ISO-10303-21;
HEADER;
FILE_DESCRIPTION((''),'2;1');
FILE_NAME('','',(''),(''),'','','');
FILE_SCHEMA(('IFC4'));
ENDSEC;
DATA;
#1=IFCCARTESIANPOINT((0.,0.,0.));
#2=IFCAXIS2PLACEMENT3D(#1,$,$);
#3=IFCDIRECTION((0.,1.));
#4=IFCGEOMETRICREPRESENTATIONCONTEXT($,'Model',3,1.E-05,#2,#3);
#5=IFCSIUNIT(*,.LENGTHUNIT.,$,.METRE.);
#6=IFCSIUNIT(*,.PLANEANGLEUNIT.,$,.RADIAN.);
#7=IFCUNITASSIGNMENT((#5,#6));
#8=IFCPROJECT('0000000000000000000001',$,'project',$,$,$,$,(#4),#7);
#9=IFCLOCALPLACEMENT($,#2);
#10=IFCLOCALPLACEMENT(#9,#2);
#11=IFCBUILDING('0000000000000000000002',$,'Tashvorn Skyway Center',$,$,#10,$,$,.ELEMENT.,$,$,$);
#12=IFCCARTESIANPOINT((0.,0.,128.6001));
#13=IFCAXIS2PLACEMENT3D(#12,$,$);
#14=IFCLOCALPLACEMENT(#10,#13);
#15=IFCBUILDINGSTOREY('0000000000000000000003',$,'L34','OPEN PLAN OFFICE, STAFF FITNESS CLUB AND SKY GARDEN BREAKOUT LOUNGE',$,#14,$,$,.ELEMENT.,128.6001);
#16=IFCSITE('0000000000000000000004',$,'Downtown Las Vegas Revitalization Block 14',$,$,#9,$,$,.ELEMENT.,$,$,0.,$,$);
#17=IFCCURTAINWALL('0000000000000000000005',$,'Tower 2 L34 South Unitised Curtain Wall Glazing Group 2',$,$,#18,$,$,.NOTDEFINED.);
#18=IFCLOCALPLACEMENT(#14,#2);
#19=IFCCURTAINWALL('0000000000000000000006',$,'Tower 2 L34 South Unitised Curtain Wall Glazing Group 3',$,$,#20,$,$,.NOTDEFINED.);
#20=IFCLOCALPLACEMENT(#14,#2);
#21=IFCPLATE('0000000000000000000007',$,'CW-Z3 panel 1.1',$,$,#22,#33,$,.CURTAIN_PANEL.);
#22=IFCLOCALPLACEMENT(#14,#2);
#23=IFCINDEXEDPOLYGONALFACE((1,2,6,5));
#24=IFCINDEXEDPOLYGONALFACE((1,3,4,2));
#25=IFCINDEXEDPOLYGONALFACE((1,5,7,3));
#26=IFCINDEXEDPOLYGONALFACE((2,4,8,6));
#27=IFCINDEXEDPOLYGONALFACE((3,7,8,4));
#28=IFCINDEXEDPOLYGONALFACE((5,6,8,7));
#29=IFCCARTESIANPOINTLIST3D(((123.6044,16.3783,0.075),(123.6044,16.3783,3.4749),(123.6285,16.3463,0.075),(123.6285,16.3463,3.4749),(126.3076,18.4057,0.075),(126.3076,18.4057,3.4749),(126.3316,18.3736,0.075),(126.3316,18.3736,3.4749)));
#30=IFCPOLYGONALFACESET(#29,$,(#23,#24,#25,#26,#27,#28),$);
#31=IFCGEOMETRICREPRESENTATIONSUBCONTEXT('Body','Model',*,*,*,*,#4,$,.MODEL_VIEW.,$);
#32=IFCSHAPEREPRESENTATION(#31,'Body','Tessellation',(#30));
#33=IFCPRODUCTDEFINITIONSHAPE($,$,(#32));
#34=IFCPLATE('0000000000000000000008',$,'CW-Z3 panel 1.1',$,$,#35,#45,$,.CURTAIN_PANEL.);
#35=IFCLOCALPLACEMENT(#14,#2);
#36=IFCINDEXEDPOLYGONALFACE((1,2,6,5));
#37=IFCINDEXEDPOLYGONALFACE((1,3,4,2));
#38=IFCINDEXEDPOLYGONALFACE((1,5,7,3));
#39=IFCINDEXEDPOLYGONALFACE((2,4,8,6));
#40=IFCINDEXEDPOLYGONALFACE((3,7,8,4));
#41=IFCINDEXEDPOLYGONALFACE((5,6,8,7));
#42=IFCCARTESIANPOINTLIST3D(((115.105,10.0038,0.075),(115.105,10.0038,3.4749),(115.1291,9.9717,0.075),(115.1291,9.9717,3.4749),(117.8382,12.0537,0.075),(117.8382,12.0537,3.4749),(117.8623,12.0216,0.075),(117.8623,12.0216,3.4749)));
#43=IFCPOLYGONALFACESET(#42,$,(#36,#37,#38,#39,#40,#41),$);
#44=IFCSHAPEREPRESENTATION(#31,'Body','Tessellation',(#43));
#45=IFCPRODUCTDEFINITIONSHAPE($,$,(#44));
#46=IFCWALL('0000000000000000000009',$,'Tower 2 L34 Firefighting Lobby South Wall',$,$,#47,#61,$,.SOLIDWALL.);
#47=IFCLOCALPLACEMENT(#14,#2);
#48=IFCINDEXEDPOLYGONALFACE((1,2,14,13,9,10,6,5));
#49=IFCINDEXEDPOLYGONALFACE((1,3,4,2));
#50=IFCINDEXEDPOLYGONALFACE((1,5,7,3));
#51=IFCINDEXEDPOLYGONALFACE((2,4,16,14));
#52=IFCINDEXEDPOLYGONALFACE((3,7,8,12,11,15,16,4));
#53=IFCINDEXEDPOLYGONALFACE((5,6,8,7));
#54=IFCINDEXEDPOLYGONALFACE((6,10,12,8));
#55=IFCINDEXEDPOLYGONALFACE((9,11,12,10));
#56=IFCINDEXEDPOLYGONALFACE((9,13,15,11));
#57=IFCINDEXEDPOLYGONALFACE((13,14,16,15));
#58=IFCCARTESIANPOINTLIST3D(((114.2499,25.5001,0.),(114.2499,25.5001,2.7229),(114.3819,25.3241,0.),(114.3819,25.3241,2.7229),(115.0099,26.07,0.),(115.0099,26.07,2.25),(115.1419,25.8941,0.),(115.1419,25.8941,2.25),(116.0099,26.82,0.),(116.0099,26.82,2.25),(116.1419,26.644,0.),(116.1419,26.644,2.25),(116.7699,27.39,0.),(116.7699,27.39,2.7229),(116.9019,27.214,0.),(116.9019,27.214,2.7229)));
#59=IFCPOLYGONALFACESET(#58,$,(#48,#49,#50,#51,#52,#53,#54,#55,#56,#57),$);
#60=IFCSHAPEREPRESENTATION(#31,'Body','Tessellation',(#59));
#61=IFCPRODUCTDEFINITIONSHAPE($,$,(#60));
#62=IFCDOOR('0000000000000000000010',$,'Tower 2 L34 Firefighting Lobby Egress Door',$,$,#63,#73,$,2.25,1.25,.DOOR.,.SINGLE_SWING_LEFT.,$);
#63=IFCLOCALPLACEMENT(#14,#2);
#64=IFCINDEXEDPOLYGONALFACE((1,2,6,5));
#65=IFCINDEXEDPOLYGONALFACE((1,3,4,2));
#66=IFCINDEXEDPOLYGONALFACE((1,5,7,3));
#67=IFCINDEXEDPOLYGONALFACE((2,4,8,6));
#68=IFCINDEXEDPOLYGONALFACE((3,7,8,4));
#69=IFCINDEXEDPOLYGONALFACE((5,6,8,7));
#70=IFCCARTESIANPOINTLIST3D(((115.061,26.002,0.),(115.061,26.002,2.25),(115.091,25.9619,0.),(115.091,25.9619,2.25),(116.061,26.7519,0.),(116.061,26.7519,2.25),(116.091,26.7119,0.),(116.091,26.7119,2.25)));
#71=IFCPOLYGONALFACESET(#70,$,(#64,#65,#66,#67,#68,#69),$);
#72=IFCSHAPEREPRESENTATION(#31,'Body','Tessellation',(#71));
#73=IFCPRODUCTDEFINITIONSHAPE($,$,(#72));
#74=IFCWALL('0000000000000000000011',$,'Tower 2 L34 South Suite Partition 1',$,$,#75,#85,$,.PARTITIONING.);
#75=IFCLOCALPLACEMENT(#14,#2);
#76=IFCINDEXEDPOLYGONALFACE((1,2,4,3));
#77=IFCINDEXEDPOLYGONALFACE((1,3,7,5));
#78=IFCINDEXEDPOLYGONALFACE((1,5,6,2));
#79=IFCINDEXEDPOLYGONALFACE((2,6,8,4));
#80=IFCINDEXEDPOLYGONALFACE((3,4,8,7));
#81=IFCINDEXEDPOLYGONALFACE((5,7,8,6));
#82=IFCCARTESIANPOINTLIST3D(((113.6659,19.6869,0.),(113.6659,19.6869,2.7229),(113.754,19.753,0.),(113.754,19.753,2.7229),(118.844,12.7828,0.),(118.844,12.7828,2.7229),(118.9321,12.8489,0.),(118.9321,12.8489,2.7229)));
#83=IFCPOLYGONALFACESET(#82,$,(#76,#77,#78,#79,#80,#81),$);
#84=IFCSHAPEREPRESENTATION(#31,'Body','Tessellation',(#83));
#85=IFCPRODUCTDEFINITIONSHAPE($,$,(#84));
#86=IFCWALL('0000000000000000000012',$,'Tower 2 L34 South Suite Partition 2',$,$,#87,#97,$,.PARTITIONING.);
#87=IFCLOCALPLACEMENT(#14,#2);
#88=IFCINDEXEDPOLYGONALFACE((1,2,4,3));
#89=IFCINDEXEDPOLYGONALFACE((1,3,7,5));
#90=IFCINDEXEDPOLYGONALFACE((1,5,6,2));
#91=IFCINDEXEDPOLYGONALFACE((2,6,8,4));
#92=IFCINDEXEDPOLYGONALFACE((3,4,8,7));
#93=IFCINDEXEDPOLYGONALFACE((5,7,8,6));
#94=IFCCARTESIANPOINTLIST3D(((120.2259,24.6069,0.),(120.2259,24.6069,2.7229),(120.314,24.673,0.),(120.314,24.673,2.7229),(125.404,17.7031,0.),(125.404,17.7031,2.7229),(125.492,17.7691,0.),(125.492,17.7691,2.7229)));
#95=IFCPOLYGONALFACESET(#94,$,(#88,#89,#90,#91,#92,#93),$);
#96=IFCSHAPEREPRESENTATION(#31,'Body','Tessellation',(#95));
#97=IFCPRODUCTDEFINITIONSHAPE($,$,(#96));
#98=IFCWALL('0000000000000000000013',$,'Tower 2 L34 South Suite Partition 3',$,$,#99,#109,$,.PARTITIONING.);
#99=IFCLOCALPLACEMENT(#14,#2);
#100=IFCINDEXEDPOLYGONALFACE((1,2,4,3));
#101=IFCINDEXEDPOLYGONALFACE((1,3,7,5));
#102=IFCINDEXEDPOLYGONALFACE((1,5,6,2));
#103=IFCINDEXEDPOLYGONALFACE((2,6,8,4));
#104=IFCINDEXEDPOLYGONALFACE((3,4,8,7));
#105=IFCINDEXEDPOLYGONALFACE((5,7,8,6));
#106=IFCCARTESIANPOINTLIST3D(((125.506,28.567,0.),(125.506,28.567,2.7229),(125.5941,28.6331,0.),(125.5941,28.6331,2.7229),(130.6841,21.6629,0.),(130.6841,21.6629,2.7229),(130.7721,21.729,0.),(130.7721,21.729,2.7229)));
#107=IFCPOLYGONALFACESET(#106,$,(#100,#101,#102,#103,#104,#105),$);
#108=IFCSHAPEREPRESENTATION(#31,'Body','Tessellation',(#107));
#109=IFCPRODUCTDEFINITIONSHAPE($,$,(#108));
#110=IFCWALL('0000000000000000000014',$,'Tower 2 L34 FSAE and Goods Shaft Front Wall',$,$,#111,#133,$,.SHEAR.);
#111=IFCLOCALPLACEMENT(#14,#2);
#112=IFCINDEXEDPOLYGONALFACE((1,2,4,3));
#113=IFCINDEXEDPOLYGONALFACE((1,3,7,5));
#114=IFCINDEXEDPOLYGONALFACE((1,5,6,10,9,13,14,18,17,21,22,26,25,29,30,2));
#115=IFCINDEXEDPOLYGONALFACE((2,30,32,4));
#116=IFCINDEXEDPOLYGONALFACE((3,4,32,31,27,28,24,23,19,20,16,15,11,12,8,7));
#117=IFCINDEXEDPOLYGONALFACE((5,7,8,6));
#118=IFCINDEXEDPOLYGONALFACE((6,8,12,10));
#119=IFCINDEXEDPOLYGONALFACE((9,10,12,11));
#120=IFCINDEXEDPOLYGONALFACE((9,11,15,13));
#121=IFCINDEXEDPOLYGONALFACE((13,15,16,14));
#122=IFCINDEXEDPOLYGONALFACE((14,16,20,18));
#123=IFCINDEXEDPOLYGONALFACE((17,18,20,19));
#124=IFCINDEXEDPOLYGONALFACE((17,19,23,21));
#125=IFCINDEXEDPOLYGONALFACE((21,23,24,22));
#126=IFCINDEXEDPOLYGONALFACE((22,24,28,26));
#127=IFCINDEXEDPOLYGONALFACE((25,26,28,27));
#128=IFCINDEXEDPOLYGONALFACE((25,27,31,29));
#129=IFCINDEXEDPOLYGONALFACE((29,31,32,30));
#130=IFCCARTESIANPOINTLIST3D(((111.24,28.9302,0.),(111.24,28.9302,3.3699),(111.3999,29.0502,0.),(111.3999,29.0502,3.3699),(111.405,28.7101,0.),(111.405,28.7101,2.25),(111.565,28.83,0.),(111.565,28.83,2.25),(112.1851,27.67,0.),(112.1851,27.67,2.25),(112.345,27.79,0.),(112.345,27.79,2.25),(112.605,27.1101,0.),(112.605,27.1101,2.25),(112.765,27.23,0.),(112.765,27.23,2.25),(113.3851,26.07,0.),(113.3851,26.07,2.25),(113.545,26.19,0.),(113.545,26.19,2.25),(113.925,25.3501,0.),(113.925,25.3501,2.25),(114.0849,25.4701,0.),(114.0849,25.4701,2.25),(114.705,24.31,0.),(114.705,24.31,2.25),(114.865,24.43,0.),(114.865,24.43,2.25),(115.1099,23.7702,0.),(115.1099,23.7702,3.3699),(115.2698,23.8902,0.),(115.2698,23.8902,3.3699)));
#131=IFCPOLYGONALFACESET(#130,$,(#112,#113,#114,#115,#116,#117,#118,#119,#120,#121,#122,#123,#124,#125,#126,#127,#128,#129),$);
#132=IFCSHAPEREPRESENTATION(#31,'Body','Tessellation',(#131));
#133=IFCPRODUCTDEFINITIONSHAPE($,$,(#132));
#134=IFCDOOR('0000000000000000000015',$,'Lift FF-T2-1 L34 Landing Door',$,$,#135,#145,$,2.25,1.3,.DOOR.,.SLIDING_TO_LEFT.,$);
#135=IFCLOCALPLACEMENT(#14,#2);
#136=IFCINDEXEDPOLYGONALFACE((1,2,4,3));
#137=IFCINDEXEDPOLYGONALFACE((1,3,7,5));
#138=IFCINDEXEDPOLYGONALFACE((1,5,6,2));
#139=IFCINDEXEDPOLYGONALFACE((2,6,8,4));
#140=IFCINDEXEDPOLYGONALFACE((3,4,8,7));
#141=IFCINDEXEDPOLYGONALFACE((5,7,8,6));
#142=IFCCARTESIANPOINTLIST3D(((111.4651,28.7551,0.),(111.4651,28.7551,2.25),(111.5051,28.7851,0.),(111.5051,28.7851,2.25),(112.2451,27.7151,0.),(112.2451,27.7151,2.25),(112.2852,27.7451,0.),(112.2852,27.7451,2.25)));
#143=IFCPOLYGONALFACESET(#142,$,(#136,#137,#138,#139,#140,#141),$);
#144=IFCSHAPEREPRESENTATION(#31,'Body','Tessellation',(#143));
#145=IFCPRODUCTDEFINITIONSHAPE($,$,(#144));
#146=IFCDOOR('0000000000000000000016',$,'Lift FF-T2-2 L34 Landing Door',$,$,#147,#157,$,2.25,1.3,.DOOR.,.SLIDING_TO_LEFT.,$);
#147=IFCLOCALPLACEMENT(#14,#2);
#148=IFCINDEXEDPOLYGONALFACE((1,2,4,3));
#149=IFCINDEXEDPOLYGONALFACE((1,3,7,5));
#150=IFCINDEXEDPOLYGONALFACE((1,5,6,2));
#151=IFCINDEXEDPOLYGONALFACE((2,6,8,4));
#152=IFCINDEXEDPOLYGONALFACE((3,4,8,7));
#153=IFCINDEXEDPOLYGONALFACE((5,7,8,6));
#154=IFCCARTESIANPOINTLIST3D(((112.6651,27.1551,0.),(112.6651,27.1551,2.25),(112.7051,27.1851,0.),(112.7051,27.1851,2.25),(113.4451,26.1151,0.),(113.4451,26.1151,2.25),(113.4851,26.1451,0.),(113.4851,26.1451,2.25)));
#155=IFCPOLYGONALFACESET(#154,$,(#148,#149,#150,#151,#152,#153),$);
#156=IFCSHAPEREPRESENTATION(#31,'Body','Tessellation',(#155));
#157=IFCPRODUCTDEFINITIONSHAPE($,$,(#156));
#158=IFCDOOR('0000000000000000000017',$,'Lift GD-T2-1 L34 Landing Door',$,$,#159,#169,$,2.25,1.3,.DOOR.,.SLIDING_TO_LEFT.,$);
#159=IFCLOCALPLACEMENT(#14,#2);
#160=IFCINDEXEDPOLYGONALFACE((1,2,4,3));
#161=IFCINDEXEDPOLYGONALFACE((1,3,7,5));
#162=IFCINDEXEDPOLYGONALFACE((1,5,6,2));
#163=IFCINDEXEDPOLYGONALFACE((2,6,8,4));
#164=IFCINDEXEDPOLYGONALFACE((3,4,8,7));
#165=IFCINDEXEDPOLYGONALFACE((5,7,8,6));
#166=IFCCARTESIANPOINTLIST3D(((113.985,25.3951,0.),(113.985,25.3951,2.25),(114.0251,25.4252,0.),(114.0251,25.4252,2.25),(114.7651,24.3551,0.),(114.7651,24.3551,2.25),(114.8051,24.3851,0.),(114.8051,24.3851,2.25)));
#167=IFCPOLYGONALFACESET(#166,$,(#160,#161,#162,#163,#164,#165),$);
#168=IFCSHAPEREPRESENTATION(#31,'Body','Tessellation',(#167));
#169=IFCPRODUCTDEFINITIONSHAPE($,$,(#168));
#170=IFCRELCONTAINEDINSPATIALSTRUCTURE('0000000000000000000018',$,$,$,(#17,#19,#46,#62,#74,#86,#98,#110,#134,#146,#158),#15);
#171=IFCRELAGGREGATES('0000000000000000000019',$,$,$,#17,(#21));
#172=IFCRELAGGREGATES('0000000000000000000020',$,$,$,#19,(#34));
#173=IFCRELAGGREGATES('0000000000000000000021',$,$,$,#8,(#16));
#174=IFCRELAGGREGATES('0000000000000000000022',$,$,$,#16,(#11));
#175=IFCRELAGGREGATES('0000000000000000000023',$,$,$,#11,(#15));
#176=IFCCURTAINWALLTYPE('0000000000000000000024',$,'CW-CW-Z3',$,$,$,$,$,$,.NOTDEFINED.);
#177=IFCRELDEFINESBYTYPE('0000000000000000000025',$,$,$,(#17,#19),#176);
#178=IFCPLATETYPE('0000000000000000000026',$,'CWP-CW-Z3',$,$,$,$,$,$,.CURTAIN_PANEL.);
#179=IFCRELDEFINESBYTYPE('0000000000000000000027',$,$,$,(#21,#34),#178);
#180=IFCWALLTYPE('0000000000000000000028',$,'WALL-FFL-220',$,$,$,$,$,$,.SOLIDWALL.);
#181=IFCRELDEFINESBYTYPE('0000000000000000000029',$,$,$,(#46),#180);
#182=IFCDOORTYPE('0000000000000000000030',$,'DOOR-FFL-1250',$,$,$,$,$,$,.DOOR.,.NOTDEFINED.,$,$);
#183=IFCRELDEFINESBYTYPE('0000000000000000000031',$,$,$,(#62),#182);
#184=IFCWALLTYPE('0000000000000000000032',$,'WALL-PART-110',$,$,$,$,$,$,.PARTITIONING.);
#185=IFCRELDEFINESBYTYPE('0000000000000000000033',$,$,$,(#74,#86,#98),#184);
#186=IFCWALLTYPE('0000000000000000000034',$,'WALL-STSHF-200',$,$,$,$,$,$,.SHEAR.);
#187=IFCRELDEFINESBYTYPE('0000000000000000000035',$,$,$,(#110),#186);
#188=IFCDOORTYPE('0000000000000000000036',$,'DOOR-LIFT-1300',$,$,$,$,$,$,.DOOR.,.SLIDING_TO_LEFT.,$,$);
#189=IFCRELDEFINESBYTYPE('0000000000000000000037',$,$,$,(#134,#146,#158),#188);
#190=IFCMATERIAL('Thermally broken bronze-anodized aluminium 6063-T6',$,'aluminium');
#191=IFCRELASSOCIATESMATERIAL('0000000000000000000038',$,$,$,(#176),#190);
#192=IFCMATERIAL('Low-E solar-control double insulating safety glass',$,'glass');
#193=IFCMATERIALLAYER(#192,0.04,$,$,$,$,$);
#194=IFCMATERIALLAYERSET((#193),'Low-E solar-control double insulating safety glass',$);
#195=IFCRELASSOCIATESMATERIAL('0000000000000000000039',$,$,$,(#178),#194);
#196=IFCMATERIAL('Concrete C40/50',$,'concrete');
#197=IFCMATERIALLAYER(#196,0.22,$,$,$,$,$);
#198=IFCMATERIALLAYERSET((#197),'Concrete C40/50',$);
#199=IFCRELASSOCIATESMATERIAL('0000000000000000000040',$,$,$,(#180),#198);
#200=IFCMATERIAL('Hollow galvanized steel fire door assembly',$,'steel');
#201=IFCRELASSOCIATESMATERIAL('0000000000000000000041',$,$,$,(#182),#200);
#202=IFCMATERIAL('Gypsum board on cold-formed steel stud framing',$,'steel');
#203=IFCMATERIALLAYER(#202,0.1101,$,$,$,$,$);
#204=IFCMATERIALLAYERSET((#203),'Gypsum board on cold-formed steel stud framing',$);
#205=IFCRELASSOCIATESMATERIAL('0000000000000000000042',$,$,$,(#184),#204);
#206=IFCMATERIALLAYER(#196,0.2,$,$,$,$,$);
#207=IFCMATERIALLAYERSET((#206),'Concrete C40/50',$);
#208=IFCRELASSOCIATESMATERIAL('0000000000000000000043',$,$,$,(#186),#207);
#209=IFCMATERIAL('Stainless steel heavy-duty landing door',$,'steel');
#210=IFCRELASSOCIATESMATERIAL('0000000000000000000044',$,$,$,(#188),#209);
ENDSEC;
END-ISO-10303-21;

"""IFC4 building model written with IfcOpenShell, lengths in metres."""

from ifc_helpers import new_model, si_unit, direction, frame, frame_2d, origin, origin_2d, place, context, subcontext, project, spatial, rectangle, extrude, material, layer, layer_set, type_object, element, fill, aggregate, save


model = new_model("IFC4")

# Units and contexts
model_context = context("Model", 3, precision=1e-05, world=origin(), true_north=direction((0.0, 1.0)))
body_context = subcontext(model_context, "Body", "Model", "MODEL_VIEW")
ifc_project = project(units=[si_unit("LENGTHUNIT", "METRE"), si_unit("PLANEANGLEUNIT", "RADIAN")], contexts=[model_context])

# Site, building, storey
site_placement = place(None, origin())
site = spatial("IfcSite", under=ifc_project, at=site_placement, Name="Downtown Las Vegas Revitalization Block 14", CompositionType="ELEMENT", RefElevation=0.0)
building_placement = place(site_placement, origin())
building = spatial("IfcBuilding", under=site, at=building_placement, Name="Tashvorn Skyway Center", CompositionType="ELEMENT")
storey_placement = place(building_placement, frame((0.0, 0.0, 128.6001)))
storey = spatial("IfcBuildingStorey", under=building, at=storey_placement, Name="L34", Description="OPEN PLAN OFFICE, STAFF FITNESS CLUB AND SKY GARDEN BREAKOUT LOUNGE", CompositionType="ELEMENT", Elevation=128.6001)

# Curtain walls
ifc_material_1 = material(Name="Thermally broken bronze-anodized aluminium 6063-T6", Category="aluminium")
curtain_wall_type = type_object("IfcCurtainWallType", Name="CW-CW-Z3", PredefinedType="NOTDEFINED", material=ifc_material_1)
curtain_wall_1_placement = place(storey_placement, origin())
curtain_wall_1 = element("IfcCurtainWall", 1, at=curtain_wall_1_placement, inside=storey, type_object=curtain_wall_type, Name="Tower 2 L34 South Unitised Curtain Wall Glazing Group 2", PredefinedType="NOTDEFINED")
curtain_wall_2_placement = place(storey_placement, origin())
curtain_wall_2 = element("IfcCurtainWall", 2, at=curtain_wall_2_placement, inside=storey, type_object=curtain_wall_type, Name="Tower 2 L34 South Unitised Curtain Wall Glazing Group 3", PredefinedType="NOTDEFINED")

# Plates
ifc_material_2 = material(Name="Low-E solar-control double insulating safety glass", Category="glass")
ifc_layer_1 = layer(ifc_material_2, 0.04)
ifc_layer_set_1 = layer_set([ifc_layer_1], Name="Low-E solar-control double insulating safety glass")
plate_type = type_object("IfcPlateType", Name="CWP-CW-Z3", PredefinedType="CURTAIN_PANEL", material=ifc_layer_set_1)
plate_1_placement = place(storey_placement, frame((124.968, 17.376, 0.075), z_axis=(0.0, 0.0, 1.0), x_axis=(-0.8, -0.6, 0.0)))
plate_1 = element("IfcPlate", 3, at=plate_1_placement, type_object=plate_type, Name="CW-Z3 panel 1.1", PredefinedType="CURTAIN_PANEL", context=body_context, shape_type="SweptSolid", body=[
    extrude(rectangle(XDim=3.3789, YDim=0.04, at=origin_2d()), origin(), (0.0, 0.0, 1.0), 3.3999),
])
aggregate(curtain_wall_1, [plate_1])
plate_2_placement = place(storey_placement, frame((116.4836, 11.0127, 0.075), z_axis=(0.0, 0.0, 1.0), x_axis=(-0.799997, -0.600005, 0.0)))
plate_2 = element("IfcPlate", 4, at=plate_2_placement, type_object=plate_type, Name="CW-Z3 panel 1.1", PredefinedType="CURTAIN_PANEL", context=body_context, shape_type="SweptSolid", body=[
    extrude(rectangle(XDim=3.4165, YDim=0.04, at=origin_2d()), origin(), (0.0, 0.0, 1.0), 3.3999),
])
aggregate(curtain_wall_2, [plate_2])

# Wall, opening, door
ifc_material_3 = material(Name="Concrete C40/50", Category="concrete")
ifc_layer_2 = layer(ifc_material_3, 0.22)
ifc_layer_set_2 = layer_set([ifc_layer_2], Name="Concrete C40/50")
wall_type_1 = type_object("IfcWallType", Name="WALL-FFL-220", PredefinedType="SOLIDWALL", material=ifc_layer_set_2)
wall_1_placement = place(storey_placement, frame((114.3159, 25.4121, 0.0), z_axis=(0.0, 0.0, 1.0), x_axis=(0.800019, 0.599975, 0.0)))
wall_1 = element("IfcWall", 5, at=wall_1_placement, inside=storey, type_object=wall_type_1, Name="Tower 2 L34 Firefighting Lobby South Wall", PredefinedType="SOLIDWALL", context=body_context, shape_type="SweptSolid", body=[
    extrude(rectangle(XDim=3.1499, YDim=0.22, at=frame_2d((1.575, 0.0))), origin(), (0.0, 0.0, 1.0), 2.7229),
])
opening_1_placement = place(wall_1_placement, frame((0.95, 0.0, 0.0)))
opening_1 = element("IfcOpeningElement", 6, at=opening_1_placement, cuts=wall_1, PredefinedType="OPENING", context=body_context, shape_type="SweptSolid", body=[
    extrude(rectangle(XDim=1.25, YDim=2.25, at=frame_2d((0.625, 1.125))), frame((0.0, 0.1199, 0.0), z_axis=(0.0, -1.0, 0.0), x_axis=(1.0, 0.0, 0.0)), (0.0, 0.0, 1.0), 0.24),
])
ifc_material_4 = material(Name="Hollow galvanized steel fire door assembly", Category="steel")
door_type_1 = type_object("IfcDoorType", Name="DOOR-FFL-1250", OperationType="NOTDEFINED", PredefinedType="DOOR", material=ifc_material_4)
door_1_placement = place(opening_1_placement, origin())
door_1 = element("IfcDoor", 7, at=door_1_placement, inside=storey, type_object=door_type_1, Name="Tower 2 L34 Firefighting Lobby Egress Door", OperationType="SINGLE_SWING_LEFT", OverallHeight=2.25, OverallWidth=1.25, PredefinedType="DOOR", context=body_context, shape_type="SweptSolid", body=[
    extrude(rectangle(XDim=1.25, YDim=2.25, at=frame_2d((0.625, 1.125))), frame((0.0, 0.0249, 0.0), z_axis=(0.0, -1.0, 0.0), x_axis=(1.0, 0.0, 0.0)), (0.0, 0.0, 1.0), 0.05),
])
fill(opening_1, door_1)

# Walls
ifc_material_5 = material(Name="Gypsum board on cold-formed steel stud framing", Category="steel")
ifc_layer_3 = layer(ifc_material_5, 0.1101)
ifc_layer_set_3 = layer_set([ifc_layer_3], Name="Gypsum board on cold-formed steel stud framing")
wall_type_2 = type_object("IfcWallType", Name="WALL-PART-110", PredefinedType="PARTITIONING", material=ifc_layer_set_3)
wall_2_placement = place(storey_placement, frame((118.8879, 12.8159, 0.0), z_axis=(0.0, 0.0, 1.0), x_axis=(-0.599995, 0.800003, 0.0)))
element("IfcWall", 8, at=wall_2_placement, inside=storey, type_object=wall_type_2, Name="Tower 2 L34 South Suite Partition 1", PredefinedType="PARTITIONING", context=body_context, shape_type="SweptSolid", body=[
    extrude(rectangle(XDim=8.6301, YDim=0.1101, at=frame_2d((4.3149, 0.0))), origin(), (0.0, 0.0, 1.0), 2.7229),
])
wall_3_placement = place(storey_placement, frame((125.448, 17.7361, 0.0), z_axis=(0.0, 0.0, 1.0), x_axis=(-0.600009, 0.799993, 0.0)))
element("IfcWall", 9, at=wall_3_placement, inside=storey, type_object=wall_type_2, Name="Tower 2 L34 South Suite Partition 2", PredefinedType="PARTITIONING", context=body_context, shape_type="SweptSolid", body=[
    extrude(rectangle(XDim=8.6299, YDim=0.1101, at=frame_2d((4.3149, 0.0))), origin(), (0.0, 0.0, 1.0), 2.7229),
])
wall_4_placement = place(storey_placement, frame((130.728, 21.696, 0.0), z_axis=(0.0, 0.0, 1.0), x_axis=(-0.599995, 0.800003, 0.0)))
element("IfcWall", 10, at=wall_4_placement, inside=storey, type_object=wall_type_2, Name="Tower 2 L34 South Suite Partition 3", PredefinedType="PARTITIONING", context=body_context, shape_type="SweptSolid", body=[
    extrude(rectangle(XDim=8.6301, YDim=0.1101, at=frame_2d((4.3149, 0.0))), origin(), (0.0, 0.0, 1.0), 2.7229),
])

# Wall, openings, doors
ifc_layer_4 = layer(ifc_material_3, 0.2)
ifc_layer_set_4 = layer_set([ifc_layer_4], Name="Concrete C40/50")
wall_type_3 = type_object("IfcWallType", Name="WALL-STSHF-200", PredefinedType="SHEAR", material=ifc_layer_set_4)
wall_5_placement = place(storey_placement, frame((115.1899, 23.8301, 0.0), z_axis=(0.0, 0.0, 1.0), x_axis=(-0.599994, 0.800005, 0.0)))
wall_5 = element("IfcWall", 11, at=wall_5_placement, inside=storey, type_object=wall_type_3, Name="Tower 2 L34 FSAE and Goods Shaft Front Wall", PredefinedType="SHEAR", context=body_context, shape_type="SweptSolid", body=[
    extrude(rectangle(XDim=6.45, YDim=0.2, at=frame_2d((3.2251, 0.0))), origin(), (0.0, 0.0, 1.0), 3.3699),
])
opening_2_placement = place(wall_5_placement, frame((4.875, 0.0, 0.0)))
opening_2 = element("IfcOpeningElement", 12, at=opening_2_placement, cuts=wall_5, PredefinedType="OPENING", context=body_context, shape_type="SweptSolid", body=[
    extrude(rectangle(XDim=1.3, YDim=2.25, at=frame_2d((0.6499, 1.125))), frame((0.0, 0.1099, 0.0), z_axis=(0.0, -1.0, 0.0), x_axis=(1.0, 0.0, 0.0)), (0.0, 0.0, 1.0), 0.22),
])
opening_3_placement = place(wall_5_placement, frame((2.875, 0.0, 0.0)))
opening_3 = element("IfcOpeningElement", 13, at=opening_3_placement, cuts=wall_5, PredefinedType="OPENING", context=body_context, shape_type="SweptSolid", body=[
    extrude(rectangle(XDim=1.3, YDim=2.25, at=frame_2d((0.6499, 1.125))), frame((0.0, 0.1099, 0.0), z_axis=(0.0, -1.0, 0.0), x_axis=(1.0, 0.0, 0.0)), (0.0, 0.0, 1.0), 0.22),
])
opening_4_placement = place(wall_5_placement, frame((0.675, 0.0, 0.0)))
opening_4 = element("IfcOpeningElement", 14, at=opening_4_placement, cuts=wall_5, PredefinedType="OPENING", context=body_context, shape_type="SweptSolid", body=[
    extrude(rectangle(XDim=1.3, YDim=2.25, at=frame_2d((0.6499, 1.125))), frame((0.0, 0.1099, 0.0), z_axis=(0.0, -1.0, 0.0), x_axis=(1.0, 0.0, 0.0)), (0.0, 0.0, 1.0), 0.22),
])
ifc_material_6 = material(Name="Stainless steel heavy-duty landing door", Category="steel")
door_type_2 = type_object("IfcDoorType", Name="DOOR-LIFT-1300", OperationType="SLIDING_TO_LEFT", PredefinedType="DOOR", material=ifc_material_6)
door_2_placement = place(opening_2_placement, origin())
door_2 = element("IfcDoor", 15, at=door_2_placement, inside=storey, type_object=door_type_2, Name="Lift FF-T2-1 L34 Landing Door", OperationType="SLIDING_TO_LEFT", OverallHeight=2.25, OverallWidth=1.3, PredefinedType="DOOR", context=body_context, shape_type="SweptSolid", body=[
    extrude(rectangle(XDim=1.3, YDim=2.25, at=frame_2d((0.6499, 1.125))), frame((0.0, 0.0249, 0.0), z_axis=(0.0, -1.0, 0.0), x_axis=(1.0, 0.0, 0.0)), (0.0, 0.0, 1.0), 0.05),
])
fill(opening_2, door_2)
door_3_placement = place(opening_3_placement, origin())
door_3 = element("IfcDoor", 16, at=door_3_placement, inside=storey, type_object=door_type_2, Name="Lift FF-T2-2 L34 Landing Door", OperationType="SLIDING_TO_LEFT", OverallHeight=2.25, OverallWidth=1.3, PredefinedType="DOOR", context=body_context, shape_type="SweptSolid", body=[
    extrude(rectangle(XDim=1.3, YDim=2.25, at=frame_2d((0.6499, 1.125))), frame((0.0, 0.0249, 0.0), z_axis=(0.0, -1.0, 0.0), x_axis=(1.0, 0.0, 0.0)), (0.0, 0.0, 1.0), 0.05),
])
fill(opening_3, door_3)
door_4_placement = place(opening_4_placement, origin())
door_4 = element("IfcDoor", 17, at=door_4_placement, inside=storey, type_object=door_type_2, Name="Lift GD-T2-1 L34 Landing Door", OperationType="SLIDING_TO_LEFT", OverallHeight=2.25, OverallWidth=1.3, PredefinedType="DOOR", context=body_context, shape_type="SweptSolid", body=[
    extrude(rectangle(XDim=1.3, YDim=2.25, at=frame_2d((0.6499, 1.125))), frame((0.0, 0.0249, 0.0), z_axis=(0.0, -1.0, 0.0), x_axis=(1.0, 0.0, 0.0)), (0.0, 0.0, 1.0), 0.05),
])
fill(opening_4, door_4)

save(model, "model.ifc")
